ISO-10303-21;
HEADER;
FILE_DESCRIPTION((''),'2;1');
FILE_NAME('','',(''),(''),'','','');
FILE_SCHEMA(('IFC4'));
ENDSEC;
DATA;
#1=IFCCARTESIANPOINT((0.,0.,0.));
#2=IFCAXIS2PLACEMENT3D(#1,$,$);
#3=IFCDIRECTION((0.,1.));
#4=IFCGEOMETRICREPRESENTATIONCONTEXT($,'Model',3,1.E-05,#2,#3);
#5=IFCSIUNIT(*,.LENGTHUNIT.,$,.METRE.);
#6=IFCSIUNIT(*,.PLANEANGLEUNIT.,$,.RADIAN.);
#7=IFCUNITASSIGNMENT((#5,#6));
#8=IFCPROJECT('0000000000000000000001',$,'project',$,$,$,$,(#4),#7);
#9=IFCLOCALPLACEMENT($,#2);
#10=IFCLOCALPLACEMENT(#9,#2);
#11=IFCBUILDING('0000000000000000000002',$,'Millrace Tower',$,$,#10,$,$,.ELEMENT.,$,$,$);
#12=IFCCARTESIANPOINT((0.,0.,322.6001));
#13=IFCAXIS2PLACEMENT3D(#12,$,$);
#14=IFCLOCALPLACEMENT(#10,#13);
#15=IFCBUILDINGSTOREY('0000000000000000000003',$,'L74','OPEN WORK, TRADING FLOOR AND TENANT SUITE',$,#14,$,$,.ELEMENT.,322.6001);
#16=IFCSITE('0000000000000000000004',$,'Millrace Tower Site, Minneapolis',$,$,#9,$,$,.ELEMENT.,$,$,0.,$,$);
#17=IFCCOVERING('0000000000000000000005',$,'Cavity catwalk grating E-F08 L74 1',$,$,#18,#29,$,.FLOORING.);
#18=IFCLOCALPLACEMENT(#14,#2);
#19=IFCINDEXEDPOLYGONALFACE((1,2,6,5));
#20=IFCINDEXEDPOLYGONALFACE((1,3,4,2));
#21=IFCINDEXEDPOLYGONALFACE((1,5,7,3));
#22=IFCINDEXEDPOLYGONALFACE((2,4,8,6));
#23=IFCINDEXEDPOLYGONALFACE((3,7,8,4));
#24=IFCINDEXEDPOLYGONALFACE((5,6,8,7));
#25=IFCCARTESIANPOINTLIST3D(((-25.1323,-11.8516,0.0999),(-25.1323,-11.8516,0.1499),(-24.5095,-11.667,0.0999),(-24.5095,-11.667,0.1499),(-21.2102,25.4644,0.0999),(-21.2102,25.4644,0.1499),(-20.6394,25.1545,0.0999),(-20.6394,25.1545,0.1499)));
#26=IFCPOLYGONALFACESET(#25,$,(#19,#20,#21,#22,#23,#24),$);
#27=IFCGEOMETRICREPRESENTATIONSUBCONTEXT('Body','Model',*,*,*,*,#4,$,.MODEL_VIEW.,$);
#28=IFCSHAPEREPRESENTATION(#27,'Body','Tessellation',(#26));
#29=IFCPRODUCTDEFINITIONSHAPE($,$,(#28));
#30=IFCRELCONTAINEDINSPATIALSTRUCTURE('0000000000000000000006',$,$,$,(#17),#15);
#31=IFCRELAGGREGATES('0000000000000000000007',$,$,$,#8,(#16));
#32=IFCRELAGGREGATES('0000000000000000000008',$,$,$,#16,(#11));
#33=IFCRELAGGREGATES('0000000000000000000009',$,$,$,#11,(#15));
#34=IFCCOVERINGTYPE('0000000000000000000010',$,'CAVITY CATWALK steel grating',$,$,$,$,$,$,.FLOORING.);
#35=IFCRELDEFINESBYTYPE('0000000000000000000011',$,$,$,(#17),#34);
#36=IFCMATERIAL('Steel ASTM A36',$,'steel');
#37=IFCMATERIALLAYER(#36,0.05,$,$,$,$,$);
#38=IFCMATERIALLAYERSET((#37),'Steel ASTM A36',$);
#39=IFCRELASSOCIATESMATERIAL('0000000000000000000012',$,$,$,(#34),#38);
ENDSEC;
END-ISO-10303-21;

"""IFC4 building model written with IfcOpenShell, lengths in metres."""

from ifc_helpers import new_model, si_unit, direction, frame, origin, place, context, subcontext, project, spatial, polyline, outline, extrude, material, layer, layer_set, type_object, element, save


model = new_model("IFC4")

# Units and contexts
model_context = context("Model", 3, precision=1e-05, world=origin(), true_north=direction((0.0, 1.0)))
body_context = subcontext(model_context, "Body", "Model", "MODEL_VIEW")
ifc_project = project(units=[si_unit("LENGTHUNIT", "METRE"), si_unit("PLANEANGLEUNIT", "RADIAN")], contexts=[model_context])

# Site, building, storey
site_placement = place(None, origin())
site = spatial("IfcSite", under=ifc_project, at=site_placement, Name="Millrace Tower Site, Minneapolis", CompositionType="ELEMENT", RefElevation=0.0)
building_placement = place(site_placement, origin())
building = spatial("IfcBuilding", under=site, at=building_placement, Name="Millrace Tower", CompositionType="ELEMENT")
storey_placement = place(building_placement, frame((0.0, 0.0, 322.6001)))
storey = spatial("IfcBuildingStorey", under=building, at=storey_placement, Name="L74", Description="OPEN WORK, TRADING FLOOR AND TENANT SUITE", CompositionType="ELEMENT", Elevation=322.6001)

# Covering
ifc_material_1 = material(Name="Steel ASTM A36", Category="steel")
ifc_layer_1 = layer(ifc_material_1, 0.05)
ifc_layer_set_1 = layer_set([ifc_layer_1], Name="Steel ASTM A36")
covering_type = type_object("IfcCoveringType", Name="CAVITY CATWALK steel grating", PredefinedType="FLOORING", material=ifc_layer_set_1)
covering_placement = place(storey_placement, frame((0.0, 0.0, 0.0999)))
element("IfcCovering", 1, at=covering_placement, inside=storey, type_object=covering_type, Name="Cavity catwalk grating E-F08 L74 1", PredefinedType="FLOORING", context=body_context, shape_type="SweptSolid", body=[
    extrude(outline(polyline([(-21.2102, 25.4644), (-25.1323, -11.8516), (-24.5095, -11.667), (-20.6394, 25.1545), (-21.2102, 25.4644)])), origin(), (0.0, 0.0, 1.0), 0.05),
])

save(model, "model.ifc")
